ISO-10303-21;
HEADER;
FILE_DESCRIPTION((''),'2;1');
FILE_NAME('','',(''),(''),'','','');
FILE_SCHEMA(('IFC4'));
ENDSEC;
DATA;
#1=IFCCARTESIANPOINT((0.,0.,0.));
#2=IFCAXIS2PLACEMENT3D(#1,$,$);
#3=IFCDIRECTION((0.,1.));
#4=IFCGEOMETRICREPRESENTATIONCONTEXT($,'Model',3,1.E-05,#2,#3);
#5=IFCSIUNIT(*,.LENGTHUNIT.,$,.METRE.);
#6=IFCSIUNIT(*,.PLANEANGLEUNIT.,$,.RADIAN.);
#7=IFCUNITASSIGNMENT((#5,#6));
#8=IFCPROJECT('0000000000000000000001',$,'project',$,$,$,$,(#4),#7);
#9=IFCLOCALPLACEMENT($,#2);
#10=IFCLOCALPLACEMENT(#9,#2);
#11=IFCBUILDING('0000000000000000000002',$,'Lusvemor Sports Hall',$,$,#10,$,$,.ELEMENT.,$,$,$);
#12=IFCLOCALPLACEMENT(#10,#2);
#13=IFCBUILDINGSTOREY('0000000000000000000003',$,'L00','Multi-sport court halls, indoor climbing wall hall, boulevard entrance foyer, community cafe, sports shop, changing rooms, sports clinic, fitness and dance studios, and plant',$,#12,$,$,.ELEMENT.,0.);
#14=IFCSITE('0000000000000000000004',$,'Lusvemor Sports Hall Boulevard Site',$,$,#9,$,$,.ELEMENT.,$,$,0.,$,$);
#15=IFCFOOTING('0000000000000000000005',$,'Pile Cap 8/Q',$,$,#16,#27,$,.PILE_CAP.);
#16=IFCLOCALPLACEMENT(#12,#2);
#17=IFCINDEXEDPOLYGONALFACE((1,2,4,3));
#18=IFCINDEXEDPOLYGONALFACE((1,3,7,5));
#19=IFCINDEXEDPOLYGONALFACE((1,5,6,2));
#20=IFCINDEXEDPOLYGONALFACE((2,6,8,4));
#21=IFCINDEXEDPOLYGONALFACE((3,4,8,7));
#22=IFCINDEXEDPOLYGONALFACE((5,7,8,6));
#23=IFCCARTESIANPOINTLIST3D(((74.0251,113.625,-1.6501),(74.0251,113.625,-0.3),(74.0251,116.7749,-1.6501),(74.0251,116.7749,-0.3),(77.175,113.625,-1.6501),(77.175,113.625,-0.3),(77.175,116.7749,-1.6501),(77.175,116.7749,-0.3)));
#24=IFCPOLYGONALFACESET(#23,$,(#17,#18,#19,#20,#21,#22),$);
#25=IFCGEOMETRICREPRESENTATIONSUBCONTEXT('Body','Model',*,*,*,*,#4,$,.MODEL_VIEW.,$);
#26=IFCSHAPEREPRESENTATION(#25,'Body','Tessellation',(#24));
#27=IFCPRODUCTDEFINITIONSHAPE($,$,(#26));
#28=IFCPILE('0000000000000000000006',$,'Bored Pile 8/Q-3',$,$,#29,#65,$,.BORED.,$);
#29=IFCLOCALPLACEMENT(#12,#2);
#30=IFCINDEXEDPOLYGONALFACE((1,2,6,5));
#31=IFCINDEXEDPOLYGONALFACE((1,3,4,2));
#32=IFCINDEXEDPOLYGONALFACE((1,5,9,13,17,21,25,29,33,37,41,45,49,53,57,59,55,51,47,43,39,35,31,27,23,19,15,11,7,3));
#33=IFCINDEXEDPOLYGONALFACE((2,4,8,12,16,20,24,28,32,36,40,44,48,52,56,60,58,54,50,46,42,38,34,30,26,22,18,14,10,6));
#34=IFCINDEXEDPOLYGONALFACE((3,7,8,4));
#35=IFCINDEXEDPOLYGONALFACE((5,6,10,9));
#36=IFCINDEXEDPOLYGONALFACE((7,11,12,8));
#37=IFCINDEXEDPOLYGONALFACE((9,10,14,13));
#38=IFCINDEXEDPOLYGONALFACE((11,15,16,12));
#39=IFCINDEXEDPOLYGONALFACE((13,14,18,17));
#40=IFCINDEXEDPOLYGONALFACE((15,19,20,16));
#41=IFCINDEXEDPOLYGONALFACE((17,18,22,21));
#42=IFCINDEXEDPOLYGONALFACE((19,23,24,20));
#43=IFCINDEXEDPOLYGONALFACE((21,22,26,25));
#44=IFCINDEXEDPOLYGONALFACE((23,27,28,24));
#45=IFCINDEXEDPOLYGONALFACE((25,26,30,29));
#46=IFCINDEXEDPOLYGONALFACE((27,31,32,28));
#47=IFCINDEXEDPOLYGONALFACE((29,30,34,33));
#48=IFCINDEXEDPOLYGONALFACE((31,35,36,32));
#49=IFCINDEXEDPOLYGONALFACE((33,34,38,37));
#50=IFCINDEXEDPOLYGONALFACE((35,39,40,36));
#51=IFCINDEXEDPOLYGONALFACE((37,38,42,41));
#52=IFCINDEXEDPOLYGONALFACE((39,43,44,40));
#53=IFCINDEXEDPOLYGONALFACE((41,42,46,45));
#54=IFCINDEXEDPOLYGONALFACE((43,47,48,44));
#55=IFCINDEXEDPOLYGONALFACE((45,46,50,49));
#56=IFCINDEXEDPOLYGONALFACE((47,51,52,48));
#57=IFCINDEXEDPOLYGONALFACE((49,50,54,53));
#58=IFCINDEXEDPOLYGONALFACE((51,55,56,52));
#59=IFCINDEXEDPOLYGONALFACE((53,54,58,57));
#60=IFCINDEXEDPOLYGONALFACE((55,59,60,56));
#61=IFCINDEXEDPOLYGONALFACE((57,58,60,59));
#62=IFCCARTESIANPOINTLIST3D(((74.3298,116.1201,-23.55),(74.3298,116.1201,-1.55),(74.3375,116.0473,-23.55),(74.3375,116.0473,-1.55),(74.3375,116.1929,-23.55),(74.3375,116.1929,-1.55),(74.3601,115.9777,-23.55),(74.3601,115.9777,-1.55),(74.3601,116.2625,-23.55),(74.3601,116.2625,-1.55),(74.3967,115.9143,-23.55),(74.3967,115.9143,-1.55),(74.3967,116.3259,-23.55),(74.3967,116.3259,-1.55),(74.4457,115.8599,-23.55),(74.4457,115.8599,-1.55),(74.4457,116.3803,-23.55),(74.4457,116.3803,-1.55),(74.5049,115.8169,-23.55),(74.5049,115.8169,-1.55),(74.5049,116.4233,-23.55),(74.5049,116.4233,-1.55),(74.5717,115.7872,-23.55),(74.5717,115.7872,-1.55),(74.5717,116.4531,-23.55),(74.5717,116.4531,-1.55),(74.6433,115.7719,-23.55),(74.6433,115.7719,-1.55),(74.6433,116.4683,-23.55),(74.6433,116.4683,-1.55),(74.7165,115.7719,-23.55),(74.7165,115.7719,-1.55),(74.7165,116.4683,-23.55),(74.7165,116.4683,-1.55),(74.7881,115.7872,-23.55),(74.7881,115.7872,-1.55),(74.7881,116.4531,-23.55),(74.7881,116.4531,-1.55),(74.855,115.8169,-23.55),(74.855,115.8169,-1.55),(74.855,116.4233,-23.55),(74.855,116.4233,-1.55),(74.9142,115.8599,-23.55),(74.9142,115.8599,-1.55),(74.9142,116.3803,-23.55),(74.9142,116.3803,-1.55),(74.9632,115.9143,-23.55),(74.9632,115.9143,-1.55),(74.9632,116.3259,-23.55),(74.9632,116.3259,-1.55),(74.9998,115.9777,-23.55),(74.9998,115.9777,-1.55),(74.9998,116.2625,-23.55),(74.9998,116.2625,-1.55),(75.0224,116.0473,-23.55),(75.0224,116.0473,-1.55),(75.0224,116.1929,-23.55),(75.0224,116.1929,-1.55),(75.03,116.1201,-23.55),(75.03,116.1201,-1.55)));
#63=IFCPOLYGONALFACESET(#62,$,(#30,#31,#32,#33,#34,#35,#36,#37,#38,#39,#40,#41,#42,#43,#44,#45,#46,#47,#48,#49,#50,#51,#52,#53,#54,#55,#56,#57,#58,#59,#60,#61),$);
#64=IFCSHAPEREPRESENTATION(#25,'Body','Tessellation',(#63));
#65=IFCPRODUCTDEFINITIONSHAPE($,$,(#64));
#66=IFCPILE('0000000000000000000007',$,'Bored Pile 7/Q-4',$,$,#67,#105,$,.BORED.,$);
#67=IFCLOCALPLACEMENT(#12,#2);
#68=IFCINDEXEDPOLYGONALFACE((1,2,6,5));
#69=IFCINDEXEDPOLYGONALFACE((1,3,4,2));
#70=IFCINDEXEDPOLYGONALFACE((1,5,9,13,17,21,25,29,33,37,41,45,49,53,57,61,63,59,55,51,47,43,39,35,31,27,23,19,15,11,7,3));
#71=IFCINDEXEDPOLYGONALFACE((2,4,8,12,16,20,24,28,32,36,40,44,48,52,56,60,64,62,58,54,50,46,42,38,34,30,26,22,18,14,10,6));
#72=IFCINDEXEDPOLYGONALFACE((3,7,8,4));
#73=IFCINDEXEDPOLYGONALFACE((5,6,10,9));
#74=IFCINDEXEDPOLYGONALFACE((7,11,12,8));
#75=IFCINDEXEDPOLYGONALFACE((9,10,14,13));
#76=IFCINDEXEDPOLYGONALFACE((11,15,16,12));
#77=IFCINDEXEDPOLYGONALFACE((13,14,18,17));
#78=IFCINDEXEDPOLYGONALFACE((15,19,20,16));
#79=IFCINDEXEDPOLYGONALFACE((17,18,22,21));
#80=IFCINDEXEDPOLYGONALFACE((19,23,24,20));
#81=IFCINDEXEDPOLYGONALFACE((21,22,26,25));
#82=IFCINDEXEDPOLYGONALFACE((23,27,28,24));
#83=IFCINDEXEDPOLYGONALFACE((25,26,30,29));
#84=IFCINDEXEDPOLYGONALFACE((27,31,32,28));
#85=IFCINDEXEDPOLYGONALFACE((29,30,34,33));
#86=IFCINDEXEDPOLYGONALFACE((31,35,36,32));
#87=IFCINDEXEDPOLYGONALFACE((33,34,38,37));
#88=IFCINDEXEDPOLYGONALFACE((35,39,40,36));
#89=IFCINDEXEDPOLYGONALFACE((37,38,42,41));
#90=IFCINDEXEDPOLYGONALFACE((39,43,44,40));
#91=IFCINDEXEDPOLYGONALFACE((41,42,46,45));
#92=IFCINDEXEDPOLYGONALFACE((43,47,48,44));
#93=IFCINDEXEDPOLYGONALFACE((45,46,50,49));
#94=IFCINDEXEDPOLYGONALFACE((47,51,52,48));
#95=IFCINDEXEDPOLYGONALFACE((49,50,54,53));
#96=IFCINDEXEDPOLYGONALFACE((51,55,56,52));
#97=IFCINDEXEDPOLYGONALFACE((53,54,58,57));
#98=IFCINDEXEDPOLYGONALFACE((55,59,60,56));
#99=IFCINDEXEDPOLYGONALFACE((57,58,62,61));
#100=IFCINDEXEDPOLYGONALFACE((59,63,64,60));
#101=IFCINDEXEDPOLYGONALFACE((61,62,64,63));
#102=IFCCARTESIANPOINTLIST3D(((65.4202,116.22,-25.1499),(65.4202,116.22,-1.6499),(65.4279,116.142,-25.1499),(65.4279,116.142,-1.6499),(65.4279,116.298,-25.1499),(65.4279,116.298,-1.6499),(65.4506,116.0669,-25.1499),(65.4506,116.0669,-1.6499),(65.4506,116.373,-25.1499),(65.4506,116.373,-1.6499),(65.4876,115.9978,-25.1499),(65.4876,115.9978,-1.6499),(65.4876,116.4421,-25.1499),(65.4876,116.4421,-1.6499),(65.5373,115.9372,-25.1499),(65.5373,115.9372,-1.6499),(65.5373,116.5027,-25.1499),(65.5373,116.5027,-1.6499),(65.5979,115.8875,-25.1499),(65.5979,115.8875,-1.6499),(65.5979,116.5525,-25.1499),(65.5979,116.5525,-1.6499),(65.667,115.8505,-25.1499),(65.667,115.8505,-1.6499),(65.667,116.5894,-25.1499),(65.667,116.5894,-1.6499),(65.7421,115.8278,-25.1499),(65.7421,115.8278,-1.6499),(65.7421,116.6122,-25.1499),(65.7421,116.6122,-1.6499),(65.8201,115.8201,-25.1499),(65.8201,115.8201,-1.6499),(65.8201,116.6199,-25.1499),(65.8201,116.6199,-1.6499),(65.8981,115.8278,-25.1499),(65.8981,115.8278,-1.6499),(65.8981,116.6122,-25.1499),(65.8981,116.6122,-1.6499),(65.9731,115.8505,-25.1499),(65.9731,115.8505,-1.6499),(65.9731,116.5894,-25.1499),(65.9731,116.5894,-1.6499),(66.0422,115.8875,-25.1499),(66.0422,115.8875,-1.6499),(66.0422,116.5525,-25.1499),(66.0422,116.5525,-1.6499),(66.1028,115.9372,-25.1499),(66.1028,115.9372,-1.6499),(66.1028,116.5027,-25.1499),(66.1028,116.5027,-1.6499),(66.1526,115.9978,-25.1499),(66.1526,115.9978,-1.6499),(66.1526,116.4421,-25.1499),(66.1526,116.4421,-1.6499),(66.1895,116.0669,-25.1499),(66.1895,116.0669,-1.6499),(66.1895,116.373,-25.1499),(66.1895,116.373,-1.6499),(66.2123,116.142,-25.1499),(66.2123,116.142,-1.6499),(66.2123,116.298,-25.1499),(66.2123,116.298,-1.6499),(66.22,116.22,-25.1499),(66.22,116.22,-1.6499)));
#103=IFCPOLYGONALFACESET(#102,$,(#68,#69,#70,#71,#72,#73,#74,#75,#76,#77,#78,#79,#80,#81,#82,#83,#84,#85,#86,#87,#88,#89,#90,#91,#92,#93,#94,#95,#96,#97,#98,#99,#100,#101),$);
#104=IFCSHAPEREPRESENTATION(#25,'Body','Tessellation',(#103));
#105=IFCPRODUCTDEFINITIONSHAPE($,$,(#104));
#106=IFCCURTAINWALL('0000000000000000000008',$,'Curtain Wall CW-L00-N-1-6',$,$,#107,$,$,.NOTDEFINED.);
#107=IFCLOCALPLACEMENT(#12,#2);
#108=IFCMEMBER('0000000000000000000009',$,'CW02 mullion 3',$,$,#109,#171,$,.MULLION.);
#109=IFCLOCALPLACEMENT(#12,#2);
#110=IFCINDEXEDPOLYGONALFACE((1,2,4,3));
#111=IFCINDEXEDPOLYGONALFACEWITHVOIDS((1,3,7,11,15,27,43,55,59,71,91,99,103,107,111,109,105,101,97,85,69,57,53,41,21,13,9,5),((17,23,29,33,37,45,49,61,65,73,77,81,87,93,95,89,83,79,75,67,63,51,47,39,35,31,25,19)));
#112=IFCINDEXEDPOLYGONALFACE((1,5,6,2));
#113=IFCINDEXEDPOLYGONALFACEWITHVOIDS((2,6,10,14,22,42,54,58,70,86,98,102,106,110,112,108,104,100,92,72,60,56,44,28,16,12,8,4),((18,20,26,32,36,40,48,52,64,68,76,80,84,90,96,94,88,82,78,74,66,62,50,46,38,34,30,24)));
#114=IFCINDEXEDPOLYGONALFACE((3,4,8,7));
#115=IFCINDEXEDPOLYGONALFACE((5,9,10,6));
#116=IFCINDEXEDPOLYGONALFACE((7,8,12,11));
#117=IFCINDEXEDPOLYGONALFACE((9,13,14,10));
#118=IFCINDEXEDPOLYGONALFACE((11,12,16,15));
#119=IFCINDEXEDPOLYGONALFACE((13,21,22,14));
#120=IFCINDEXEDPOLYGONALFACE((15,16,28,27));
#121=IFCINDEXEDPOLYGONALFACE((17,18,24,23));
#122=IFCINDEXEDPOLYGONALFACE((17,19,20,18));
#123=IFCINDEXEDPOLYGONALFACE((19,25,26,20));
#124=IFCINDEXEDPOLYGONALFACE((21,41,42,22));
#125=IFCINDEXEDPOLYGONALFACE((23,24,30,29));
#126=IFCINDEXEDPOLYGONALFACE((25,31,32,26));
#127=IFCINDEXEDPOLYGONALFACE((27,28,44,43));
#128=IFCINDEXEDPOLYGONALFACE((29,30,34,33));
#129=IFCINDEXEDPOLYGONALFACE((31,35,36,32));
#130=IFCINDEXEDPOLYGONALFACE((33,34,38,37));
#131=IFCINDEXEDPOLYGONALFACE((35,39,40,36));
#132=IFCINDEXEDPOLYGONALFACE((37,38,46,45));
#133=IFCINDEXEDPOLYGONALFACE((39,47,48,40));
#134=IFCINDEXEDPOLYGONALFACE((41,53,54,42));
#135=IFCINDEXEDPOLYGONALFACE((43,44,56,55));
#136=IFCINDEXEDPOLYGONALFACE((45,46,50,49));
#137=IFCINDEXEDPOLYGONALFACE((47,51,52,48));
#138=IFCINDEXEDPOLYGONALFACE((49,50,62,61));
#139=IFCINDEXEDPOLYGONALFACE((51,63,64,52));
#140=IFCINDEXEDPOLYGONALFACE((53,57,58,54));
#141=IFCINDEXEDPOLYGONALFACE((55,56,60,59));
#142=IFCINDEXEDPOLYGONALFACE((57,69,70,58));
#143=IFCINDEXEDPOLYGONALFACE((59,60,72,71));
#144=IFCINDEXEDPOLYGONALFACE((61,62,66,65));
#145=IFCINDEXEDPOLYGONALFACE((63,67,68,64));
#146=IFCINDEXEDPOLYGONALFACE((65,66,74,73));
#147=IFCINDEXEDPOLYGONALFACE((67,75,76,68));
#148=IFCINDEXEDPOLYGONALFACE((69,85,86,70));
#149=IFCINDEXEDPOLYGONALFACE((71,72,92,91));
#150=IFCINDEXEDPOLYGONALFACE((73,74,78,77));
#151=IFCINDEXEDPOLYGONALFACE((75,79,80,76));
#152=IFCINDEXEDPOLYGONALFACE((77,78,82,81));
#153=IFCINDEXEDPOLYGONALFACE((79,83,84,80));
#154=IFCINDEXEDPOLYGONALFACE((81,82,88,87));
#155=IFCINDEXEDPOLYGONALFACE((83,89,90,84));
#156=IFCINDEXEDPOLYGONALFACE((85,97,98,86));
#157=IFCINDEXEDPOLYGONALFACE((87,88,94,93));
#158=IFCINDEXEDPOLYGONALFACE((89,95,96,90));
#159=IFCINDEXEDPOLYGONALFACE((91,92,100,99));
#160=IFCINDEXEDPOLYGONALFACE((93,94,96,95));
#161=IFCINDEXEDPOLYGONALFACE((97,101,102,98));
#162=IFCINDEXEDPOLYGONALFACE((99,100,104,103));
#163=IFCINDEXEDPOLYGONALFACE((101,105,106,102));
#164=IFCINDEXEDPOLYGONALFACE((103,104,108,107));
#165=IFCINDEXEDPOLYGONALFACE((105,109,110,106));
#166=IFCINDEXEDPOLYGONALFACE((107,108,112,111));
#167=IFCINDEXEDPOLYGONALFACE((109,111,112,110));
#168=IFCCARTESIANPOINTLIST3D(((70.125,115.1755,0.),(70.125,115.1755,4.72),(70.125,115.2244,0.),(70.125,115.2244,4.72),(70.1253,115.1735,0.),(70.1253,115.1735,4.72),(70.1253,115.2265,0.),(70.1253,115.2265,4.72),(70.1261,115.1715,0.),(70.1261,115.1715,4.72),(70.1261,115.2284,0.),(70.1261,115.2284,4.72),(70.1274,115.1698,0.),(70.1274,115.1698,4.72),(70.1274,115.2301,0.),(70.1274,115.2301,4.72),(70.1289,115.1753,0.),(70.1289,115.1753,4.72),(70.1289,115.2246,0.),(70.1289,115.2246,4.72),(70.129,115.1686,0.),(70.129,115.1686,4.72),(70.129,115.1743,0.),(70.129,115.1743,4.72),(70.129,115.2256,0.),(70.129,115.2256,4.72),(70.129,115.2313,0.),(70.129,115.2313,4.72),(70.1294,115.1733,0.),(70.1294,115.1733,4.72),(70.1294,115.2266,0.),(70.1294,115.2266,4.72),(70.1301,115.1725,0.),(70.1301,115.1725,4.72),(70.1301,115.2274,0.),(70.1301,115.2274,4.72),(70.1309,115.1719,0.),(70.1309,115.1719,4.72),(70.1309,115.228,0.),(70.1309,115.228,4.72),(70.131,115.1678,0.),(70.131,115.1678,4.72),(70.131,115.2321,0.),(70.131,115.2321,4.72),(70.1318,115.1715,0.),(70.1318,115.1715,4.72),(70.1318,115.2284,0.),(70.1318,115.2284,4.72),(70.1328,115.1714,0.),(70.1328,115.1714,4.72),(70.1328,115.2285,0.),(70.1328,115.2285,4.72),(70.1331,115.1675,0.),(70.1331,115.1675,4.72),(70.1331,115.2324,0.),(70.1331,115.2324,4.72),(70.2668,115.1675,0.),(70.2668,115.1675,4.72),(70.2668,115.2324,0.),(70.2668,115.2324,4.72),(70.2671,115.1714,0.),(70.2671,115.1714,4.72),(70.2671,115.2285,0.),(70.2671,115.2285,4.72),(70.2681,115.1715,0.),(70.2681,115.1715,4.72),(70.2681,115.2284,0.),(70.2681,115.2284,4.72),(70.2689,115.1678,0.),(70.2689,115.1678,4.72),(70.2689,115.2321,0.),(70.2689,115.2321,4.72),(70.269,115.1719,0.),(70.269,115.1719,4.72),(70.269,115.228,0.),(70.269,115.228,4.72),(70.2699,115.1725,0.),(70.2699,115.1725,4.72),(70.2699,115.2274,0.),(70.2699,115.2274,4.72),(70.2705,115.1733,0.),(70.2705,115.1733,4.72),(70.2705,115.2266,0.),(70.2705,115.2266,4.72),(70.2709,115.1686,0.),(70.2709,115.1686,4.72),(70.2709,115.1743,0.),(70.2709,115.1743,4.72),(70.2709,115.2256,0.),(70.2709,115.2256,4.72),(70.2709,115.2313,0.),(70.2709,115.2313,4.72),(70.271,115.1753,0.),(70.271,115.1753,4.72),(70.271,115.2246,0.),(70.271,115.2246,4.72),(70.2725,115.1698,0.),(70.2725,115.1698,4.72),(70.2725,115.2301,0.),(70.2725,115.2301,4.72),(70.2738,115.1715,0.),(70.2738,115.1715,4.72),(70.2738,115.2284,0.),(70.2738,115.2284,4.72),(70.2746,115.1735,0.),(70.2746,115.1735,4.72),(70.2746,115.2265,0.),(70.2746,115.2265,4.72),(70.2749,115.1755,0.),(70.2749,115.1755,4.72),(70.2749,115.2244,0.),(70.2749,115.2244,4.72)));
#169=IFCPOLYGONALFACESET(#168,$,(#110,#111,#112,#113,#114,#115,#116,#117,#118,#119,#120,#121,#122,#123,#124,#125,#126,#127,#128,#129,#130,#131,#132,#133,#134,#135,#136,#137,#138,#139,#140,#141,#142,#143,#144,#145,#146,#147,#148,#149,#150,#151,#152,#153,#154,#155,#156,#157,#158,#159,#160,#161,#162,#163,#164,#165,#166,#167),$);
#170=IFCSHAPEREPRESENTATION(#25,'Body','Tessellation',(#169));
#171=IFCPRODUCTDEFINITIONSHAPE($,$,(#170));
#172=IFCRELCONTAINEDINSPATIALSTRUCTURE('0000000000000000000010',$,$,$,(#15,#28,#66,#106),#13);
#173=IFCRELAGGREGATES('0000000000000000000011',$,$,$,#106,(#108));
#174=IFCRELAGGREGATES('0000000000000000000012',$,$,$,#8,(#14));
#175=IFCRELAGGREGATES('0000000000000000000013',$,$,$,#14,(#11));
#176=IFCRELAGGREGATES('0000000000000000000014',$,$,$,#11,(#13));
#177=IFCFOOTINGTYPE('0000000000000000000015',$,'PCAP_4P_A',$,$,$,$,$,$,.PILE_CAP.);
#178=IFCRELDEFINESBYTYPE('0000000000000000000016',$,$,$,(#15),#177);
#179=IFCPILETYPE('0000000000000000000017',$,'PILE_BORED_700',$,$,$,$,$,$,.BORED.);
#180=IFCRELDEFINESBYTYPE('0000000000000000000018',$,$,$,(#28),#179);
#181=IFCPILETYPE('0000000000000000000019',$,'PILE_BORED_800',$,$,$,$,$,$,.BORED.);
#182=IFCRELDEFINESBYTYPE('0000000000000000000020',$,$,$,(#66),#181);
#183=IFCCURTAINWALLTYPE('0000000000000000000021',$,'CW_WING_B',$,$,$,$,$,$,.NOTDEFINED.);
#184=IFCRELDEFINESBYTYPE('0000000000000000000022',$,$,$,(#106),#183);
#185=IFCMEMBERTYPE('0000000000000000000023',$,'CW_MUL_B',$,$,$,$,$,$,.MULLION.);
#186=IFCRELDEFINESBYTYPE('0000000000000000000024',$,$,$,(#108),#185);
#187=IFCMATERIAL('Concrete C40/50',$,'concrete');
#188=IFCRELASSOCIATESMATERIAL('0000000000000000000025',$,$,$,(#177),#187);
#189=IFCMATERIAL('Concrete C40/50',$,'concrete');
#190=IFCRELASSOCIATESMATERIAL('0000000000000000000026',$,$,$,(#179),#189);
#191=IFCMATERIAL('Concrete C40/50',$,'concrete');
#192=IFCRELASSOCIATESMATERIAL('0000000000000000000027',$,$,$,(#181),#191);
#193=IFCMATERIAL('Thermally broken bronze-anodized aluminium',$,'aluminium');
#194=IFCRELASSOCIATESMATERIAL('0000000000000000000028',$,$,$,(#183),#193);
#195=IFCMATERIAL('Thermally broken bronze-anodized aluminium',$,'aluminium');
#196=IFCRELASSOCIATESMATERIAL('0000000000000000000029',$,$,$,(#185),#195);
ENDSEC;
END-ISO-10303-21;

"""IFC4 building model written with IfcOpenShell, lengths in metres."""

from ifc_helpers import new_model, si_unit, direction, frame, origin, origin_2d, place, context, subcontext, project, spatial, rectangle, hollow_rectangle, circle, extrude, material, material_profile, profile_set, type_object, element, aggregate, save


model = new_model("IFC4")

# Units and contexts
model_context = context("Model", 3, precision=1e-05, world=origin(), true_north=direction((0.0, 1.0)))
body_context = subcontext(model_context, "Body", "Model", "MODEL_VIEW")
ifc_project = project(units=[si_unit("LENGTHUNIT", "METRE"), si_unit("PLANEANGLEUNIT", "RADIAN")], contexts=[model_context])

# Site, building, storey
site_placement = place(None, origin())
site = spatial("IfcSite", under=ifc_project, at=site_placement, Name="Lusvemor Sports Hall Boulevard Site", CompositionType="ELEMENT", RefElevation=0.0)
building_placement = place(site_placement, origin())
building = spatial("IfcBuilding", under=site, at=building_placement, Name="Lusvemor Sports Hall", CompositionType="ELEMENT")
storey_placement = place(building_placement, origin())
storey = spatial("IfcBuildingStorey", under=building, at=storey_placement, Name="L00", Description="Multi-sport court halls, indoor climbing wall hall, boulevard entrance foyer, community cafe, sports shop, changing rooms, sports clinic, fitness and dance studios, and plant", CompositionType="ELEMENT", Elevation=0.0)

# Footing
ifc_material_1 = material(Name="Concrete C40/50", Category="concrete")
footing_type = type_object("IfcFootingType", Name="PCAP_4P_A", PredefinedType="PILE_CAP", material=ifc_material_1)
footing_placement = place(storey_placement, frame((75.6001, 115.2, -1.6501), z_axis=(0.0, 0.0, 1.0), x_axis=(1.0, 0.0, 0.0)))
element("IfcFooting", 1, at=footing_placement, inside=storey, type_object=footing_type, Name="Pile Cap 8/Q", PredefinedType="PILE_CAP", context=body_context, shape_type="SweptSolid", body=[
    extrude(rectangle(XDim=3.1499, YDim=3.1499, at=origin_2d()), origin(), (0.0, 0.0, 1.0), 1.3501),
])

# Piles
ifc_material_2 = material(Name="Concrete C40/50", Category="concrete")
ifc_material_profile_1 = material_profile(ifc_material_2, circle(Radius=0.3501, at=origin_2d()), Name="PILE700")
ifc_profile_set_1 = profile_set([ifc_material_profile_1], Name="Concrete C40/50")
pile_type_1 = type_object("IfcPileType", Name="PILE_BORED_700", PredefinedType="BORED", material=ifc_profile_set_1)
pile_1_placement = place(storey_placement, frame((74.6799, 116.1201, -1.55), z_axis=(0.0, 0.0, -1.0), x_axis=(1.0, 0.0, 0.0)))
element("IfcPile", 2, at=pile_1_placement, inside=storey, type_object=pile_type_1, Name="Bored Pile 8/Q-3", PredefinedType="BORED", context=body_context, shape_type="SweptSolid", body=[
    extrude(circle(Radius=0.3501, at=origin_2d()), origin(), (0.0, 0.0, 1.0), 22.0),
])
ifc_material_3 = material(Name="Concrete C40/50", Category="concrete")
ifc_material_profile_2 = material_profile(ifc_material_3, circle(Radius=0.3999, at=origin_2d()), Name="PILE800")
ifc_profile_set_2 = profile_set([ifc_material_profile_2], Name="Concrete C40/50")
pile_type_2 = type_object("IfcPileType", Name="PILE_BORED_800", PredefinedType="BORED", material=ifc_profile_set_2)
pile_2_placement = place(storey_placement, frame((65.8201, 116.22, -1.6499), z_axis=(0.0, 0.0, -1.0), x_axis=(1.0, 0.0, 0.0)))
element("IfcPile", 3, at=pile_2_placement, inside=storey, type_object=pile_type_2, Name="Bored Pile 7/Q-4", PredefinedType="BORED", context=body_context, shape_type="SweptSolid", body=[
    extrude(circle(Radius=0.3999, at=origin_2d()), origin(), (0.0, 0.0, 1.0), 23.5),
])

# Curtain wall, member
ifc_material_4 = material(Name="Thermally broken bronze-anodized aluminium", Category="aluminium")
curtain_wall_type = type_object("IfcCurtainWallType", Name="CW_WING_B", PredefinedType="NOTDEFINED", material=ifc_material_4)
curtain_wall_placement = place(storey_placement, origin())
curtain_wall = element("IfcCurtainWall", 4, at=curtain_wall_placement, inside=storey, type_object=curtain_wall_type, Name="Curtain Wall CW-L00-N-1-6", PredefinedType="NOTDEFINED")
ifc_material_5 = material(Name="Thermally broken bronze-anodized aluminium", Category="aluminium")
ifc_material_profile_3 = material_profile(ifc_material_5, hollow_rectangle(XDim=0.0649, YDim=0.1499, WallThickness=0.0039, InnerFilletRadius=0.0039, OuterFilletRadius=0.0081, at=origin_2d()), Name="CWMUL150x65x4")
ifc_profile_set_3 = profile_set([ifc_material_profile_3], Name="Thermally broken bronze-anodized aluminium")
member_type_1 = type_object("IfcMemberType", Name="CW_MUL_B", PredefinedType="MULLION", material=ifc_profile_set_3)
member_1_placement = place(storey_placement, frame((70.2, 115.2, 0.0), z_axis=(0.0, 0.0, 1.0), x_axis=(0.0, 1.0, 0.0)))
member_1 = element("IfcMember", 5, at=member_1_placement, type_object=member_type_1, Name="CW02 mullion 3", PredefinedType="MULLION", context=body_context, shape_type="SweptSolid", body=[
    extrude(hollow_rectangle(XDim=0.0649, YDim=0.1499, WallThickness=0.0039, InnerFilletRadius=0.0039, OuterFilletRadius=0.0081, at=origin_2d()), origin(), (0.0, 0.0, 1.0), 4.72),
])
aggregate(curtain_wall, [member_1])

save(model, "model.ifc")
